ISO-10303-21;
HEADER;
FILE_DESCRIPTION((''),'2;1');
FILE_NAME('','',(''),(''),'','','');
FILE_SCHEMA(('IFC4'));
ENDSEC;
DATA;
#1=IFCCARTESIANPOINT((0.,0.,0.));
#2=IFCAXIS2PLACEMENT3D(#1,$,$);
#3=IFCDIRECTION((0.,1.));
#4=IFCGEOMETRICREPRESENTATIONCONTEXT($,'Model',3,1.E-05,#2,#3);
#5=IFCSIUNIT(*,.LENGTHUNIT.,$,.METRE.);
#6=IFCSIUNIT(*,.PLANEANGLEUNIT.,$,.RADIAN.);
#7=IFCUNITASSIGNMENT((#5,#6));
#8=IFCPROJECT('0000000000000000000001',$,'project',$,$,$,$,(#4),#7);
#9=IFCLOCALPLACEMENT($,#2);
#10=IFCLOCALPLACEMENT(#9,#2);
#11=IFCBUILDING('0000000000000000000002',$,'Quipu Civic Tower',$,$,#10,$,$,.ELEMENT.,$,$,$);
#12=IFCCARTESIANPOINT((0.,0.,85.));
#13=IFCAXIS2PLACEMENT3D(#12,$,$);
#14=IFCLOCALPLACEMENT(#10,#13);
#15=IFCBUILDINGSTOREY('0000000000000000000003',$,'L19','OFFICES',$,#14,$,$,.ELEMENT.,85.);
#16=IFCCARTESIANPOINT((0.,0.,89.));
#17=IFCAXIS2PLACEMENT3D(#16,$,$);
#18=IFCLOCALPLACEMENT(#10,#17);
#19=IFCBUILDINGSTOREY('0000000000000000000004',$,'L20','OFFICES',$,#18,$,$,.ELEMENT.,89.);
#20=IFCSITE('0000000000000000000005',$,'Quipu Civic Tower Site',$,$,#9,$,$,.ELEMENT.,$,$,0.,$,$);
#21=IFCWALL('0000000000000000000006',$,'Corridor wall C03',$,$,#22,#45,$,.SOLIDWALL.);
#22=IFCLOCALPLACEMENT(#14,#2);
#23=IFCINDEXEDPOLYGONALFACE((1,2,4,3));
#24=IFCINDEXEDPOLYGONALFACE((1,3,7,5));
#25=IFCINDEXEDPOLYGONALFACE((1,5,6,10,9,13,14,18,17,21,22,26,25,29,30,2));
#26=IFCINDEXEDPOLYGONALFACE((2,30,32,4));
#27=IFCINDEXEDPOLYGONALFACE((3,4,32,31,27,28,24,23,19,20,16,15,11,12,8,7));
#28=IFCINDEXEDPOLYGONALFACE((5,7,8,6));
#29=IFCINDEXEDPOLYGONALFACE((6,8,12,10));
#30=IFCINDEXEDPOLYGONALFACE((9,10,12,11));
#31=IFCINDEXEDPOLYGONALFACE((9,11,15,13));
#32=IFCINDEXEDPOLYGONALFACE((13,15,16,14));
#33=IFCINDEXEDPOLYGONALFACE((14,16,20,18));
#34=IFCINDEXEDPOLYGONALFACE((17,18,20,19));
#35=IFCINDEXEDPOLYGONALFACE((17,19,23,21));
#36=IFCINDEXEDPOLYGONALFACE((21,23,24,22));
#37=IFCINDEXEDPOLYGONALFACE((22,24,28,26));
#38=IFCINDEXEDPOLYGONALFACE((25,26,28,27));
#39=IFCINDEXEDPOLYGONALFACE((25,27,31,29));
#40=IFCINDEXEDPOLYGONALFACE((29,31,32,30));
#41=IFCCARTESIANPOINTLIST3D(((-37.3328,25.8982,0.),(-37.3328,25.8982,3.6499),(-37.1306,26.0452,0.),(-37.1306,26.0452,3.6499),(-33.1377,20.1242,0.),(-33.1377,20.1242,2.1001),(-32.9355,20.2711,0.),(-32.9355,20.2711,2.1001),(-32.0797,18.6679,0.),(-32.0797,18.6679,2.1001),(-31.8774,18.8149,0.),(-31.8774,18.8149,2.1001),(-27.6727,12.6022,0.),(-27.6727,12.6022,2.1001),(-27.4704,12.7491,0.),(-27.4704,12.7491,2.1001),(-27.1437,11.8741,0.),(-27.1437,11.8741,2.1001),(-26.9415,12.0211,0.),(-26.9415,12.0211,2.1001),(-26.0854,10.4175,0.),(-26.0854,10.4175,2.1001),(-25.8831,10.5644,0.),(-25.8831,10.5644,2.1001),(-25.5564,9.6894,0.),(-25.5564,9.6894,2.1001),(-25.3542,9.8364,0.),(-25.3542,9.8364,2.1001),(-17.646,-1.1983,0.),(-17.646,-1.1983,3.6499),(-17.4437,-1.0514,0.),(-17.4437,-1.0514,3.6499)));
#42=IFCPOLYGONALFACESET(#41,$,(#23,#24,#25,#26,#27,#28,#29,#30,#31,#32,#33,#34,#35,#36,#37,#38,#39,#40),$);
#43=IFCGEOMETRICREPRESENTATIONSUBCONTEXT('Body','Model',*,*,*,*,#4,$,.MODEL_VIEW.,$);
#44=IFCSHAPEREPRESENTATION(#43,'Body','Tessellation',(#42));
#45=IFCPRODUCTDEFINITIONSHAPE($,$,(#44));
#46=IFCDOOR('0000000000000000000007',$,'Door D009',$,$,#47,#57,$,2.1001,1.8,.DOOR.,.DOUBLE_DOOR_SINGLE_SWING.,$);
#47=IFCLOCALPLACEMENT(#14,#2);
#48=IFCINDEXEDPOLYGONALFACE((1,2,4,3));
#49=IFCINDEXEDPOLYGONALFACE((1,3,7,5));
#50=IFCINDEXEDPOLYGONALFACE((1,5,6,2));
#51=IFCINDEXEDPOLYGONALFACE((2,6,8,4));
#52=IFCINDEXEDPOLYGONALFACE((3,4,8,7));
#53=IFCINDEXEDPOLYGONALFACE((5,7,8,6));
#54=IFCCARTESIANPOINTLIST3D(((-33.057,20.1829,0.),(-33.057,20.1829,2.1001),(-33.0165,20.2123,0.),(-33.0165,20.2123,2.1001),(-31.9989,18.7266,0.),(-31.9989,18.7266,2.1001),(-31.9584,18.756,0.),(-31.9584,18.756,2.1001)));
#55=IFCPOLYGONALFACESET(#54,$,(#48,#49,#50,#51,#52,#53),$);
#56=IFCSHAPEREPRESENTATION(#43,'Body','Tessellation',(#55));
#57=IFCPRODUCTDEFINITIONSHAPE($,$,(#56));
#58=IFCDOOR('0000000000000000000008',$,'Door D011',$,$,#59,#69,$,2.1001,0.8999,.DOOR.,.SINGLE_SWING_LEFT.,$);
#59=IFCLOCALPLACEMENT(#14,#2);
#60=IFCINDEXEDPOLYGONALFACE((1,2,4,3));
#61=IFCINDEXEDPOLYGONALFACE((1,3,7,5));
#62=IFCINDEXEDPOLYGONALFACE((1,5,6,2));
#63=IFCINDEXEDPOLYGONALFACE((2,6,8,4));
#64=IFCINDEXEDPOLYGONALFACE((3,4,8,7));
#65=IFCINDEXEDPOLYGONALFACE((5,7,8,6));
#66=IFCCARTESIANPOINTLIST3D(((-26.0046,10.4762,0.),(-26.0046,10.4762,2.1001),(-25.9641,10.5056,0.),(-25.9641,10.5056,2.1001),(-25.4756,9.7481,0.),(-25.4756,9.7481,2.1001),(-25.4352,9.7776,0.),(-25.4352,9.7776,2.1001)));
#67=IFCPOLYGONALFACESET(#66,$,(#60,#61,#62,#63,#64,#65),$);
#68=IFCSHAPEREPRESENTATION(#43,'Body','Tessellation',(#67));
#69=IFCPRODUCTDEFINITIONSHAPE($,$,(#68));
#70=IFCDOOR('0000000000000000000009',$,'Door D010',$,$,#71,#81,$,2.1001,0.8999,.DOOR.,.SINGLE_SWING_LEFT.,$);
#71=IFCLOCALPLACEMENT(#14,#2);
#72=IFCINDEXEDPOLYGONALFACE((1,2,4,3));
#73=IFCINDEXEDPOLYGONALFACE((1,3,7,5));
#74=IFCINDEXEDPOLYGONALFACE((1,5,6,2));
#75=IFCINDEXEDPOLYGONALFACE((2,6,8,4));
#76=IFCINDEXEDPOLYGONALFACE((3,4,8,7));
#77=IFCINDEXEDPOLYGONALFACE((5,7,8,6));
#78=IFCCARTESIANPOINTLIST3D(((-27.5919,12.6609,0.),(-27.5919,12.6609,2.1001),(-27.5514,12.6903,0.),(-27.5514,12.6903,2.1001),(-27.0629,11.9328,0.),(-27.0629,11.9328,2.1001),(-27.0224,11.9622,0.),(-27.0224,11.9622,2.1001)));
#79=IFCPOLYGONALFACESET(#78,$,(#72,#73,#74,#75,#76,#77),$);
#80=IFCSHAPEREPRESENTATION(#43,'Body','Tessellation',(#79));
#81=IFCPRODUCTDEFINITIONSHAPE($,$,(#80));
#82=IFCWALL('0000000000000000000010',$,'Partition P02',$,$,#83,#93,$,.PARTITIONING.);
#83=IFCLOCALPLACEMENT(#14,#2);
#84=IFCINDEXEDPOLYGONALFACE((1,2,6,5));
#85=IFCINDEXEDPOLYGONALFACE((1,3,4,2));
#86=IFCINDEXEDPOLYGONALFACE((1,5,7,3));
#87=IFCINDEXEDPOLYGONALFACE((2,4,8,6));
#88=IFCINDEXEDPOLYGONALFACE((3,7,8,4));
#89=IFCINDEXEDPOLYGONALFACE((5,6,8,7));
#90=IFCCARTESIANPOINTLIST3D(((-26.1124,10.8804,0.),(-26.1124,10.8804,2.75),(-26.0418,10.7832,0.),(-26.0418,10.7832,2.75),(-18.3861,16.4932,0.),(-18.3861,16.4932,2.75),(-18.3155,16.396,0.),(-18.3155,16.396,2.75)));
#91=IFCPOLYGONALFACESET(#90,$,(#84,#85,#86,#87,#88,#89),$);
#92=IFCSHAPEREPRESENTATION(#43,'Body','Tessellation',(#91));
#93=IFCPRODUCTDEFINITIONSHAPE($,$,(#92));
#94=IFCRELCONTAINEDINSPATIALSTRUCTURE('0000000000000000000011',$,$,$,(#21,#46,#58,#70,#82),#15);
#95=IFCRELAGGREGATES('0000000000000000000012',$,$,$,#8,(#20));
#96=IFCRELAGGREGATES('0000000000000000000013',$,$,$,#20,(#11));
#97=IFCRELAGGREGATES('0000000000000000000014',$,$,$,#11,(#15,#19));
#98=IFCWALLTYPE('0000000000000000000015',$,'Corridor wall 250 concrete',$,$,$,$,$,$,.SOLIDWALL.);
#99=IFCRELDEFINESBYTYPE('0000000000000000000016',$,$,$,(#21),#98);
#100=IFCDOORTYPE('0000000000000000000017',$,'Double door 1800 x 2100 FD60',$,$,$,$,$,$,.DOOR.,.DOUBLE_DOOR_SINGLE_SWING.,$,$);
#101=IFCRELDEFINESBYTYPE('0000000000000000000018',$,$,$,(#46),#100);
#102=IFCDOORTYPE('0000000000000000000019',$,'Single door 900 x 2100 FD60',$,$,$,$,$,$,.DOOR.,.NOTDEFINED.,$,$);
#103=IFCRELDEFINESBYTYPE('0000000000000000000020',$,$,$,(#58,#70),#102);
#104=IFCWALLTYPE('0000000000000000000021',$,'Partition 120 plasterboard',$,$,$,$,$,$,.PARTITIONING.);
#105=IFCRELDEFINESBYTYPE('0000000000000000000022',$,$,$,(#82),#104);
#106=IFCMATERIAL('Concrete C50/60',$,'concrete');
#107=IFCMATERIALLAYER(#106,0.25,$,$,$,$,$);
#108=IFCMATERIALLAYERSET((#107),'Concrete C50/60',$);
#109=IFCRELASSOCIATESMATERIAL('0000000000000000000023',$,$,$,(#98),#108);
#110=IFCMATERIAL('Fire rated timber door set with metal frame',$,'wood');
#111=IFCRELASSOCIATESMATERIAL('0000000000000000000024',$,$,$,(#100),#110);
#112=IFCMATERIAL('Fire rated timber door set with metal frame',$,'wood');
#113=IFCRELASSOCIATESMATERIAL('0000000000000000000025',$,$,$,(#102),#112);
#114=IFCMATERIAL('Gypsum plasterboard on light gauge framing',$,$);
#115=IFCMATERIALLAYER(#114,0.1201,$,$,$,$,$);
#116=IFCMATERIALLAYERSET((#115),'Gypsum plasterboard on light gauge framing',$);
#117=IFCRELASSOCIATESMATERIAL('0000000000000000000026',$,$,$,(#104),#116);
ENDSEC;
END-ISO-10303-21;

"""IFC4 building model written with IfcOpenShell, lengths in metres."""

from ifc_helpers import new_model, si_unit, direction, frame, frame_2d, origin, place, context, subcontext, project, spatial, rectangle, extrude, material, layer, layer_set, type_object, element, fill, save


model = new_model("IFC4")

# Units and contexts
model_context = context("Model", 3, precision=1e-05, world=origin(), true_north=direction((0.0, 1.0)))
body_context = subcontext(model_context, "Body", "Model", "MODEL_VIEW")
ifc_project = project(units=[si_unit("LENGTHUNIT", "METRE"), si_unit("PLANEANGLEUNIT", "RADIAN")], contexts=[model_context])

# Site, building, storey
site_placement = place(None, origin())
site = spatial("IfcSite", under=ifc_project, at=site_placement, Name="Quipu Civic Tower Site", CompositionType="ELEMENT", RefElevation=0.0)
building_placement = place(site_placement, origin())
building = spatial("IfcBuilding", under=site, at=building_placement, Name="Quipu Civic Tower", CompositionType="ELEMENT")
storey_1_placement = place(building_placement, frame((0.0, 0.0, 85.0)))
storey_1 = spatial("IfcBuildingStorey", under=building, at=storey_1_placement, Name="L19", Description="OFFICES", CompositionType="ELEMENT", Elevation=85.0)

# Shared definitions
storey_2_placement = place(building_placement, frame((0.0, 0.0, 89.0)))
storey_2 = spatial("IfcBuildingStorey", under=building, at=storey_2_placement, Name="L20", Description="OFFICES", CompositionType="ELEMENT", Elevation=89.0)

# Wall, openings, doors
ifc_material_1 = material(Name="Concrete C50/60", Category="concrete")
ifc_layer_1 = layer(ifc_material_1, 0.25)
ifc_layer_set_1 = layer_set([ifc_layer_1], Name="Concrete C50/60")
wall_type_1 = type_object("IfcWallType", Name="Corridor wall 250 concrete", PredefinedType="SOLIDWALL", material=ifc_layer_set_1)
wall_1_placement = place(storey_1_placement, frame((-37.2317, 25.9717, 0.0), z_axis=(0.0, 0.0, 1.0), x_axis=(0.587786, -0.809016, 0.0)))
wall_1 = element("IfcWall", 1, at=wall_1_placement, inside=storey_1, type_object=wall_type_1, Name="Corridor wall C03", PredefinedType="SOLIDWALL", context=body_context, shape_type="SweptSolid", body=[
    extrude(rectangle(XDim=33.4932, YDim=0.25, at=frame_2d((16.7466, 0.0))), origin(), (0.0, 0.0, 1.0), 3.6499),
])
opening_1_placement = place(wall_1_placement, frame((19.1353, 0.0, 0.0)))
opening_1 = element("IfcOpeningElement", 2, at=opening_1_placement, cuts=wall_1, PredefinedType="OPENING", context=body_context, shape_type="SweptSolid", body=[
    extrude(rectangle(XDim=0.8999, YDim=2.1001, at=frame_2d((0.45, 1.05))), frame((0.0, 0.135, 0.0), z_axis=(0.0, -1.0, 0.0), x_axis=(1.0, 0.0, 0.0)), (0.0, 0.0, 1.0), 0.27),
])
opening_2_placement = place(wall_1_placement, frame((7.1372, 0.0, 0.0)))
opening_2 = element("IfcOpeningElement", 3, at=opening_2_placement, cuts=wall_1, PredefinedType="OPENING", context=body_context, shape_type="SweptSolid", body=[
    extrude(rectangle(XDim=1.8, YDim=2.1001, at=frame_2d((0.8999, 1.05))), frame((0.0, 0.135, 0.0), z_axis=(0.0, -1.0, 0.0), x_axis=(1.0, 0.0, 0.0)), (0.0, 0.0, 1.0), 0.27),
])
opening_3_placement = place(wall_1_placement, frame((16.4348, 0.0, 0.0)))
opening_3 = element("IfcOpeningElement", 4, at=opening_3_placement, cuts=wall_1, PredefinedType="OPENING", context=body_context, shape_type="SweptSolid", body=[
    extrude(rectangle(XDim=0.8999, YDim=2.1001, at=frame_2d((0.45, 1.05))), frame((0.0, 0.135, 0.0), z_axis=(0.0, -1.0, 0.0), x_axis=(1.0, 0.0, 0.0)), (0.0, 0.0, 1.0), 0.27),
])
ifc_material_2 = material(Name="Fire rated timber door set with metal frame", Category="wood")
door_type_1 = type_object("IfcDoorType", Name="Double door 1800 x 2100 FD60", OperationType="DOUBLE_DOOR_SINGLE_SWING", PredefinedType="DOOR", material=ifc_material_2)
door_1_placement = place(opening_2_placement, origin())
door_1 = element("IfcDoor", 5, at=door_1_placement, inside=storey_1, type_object=door_type_1, Name="Door D009", OperationType="DOUBLE_DOOR_SINGLE_SWING", OverallHeight=2.1001, OverallWidth=1.8, PredefinedType="DOOR", context=body_context, shape_type="SweptSolid", body=[
    extrude(rectangle(XDim=1.8, YDim=2.1001, at=frame_2d((0.8999, 1.05))), frame((0.0, 0.0249, 0.0), z_axis=(0.0, -1.0, 0.0), x_axis=(1.0, 0.0, 0.0)), (0.0, 0.0, 1.0), 0.05),
])
fill(opening_2, door_1)
ifc_material_3 = material(Name="Fire rated timber door set with metal frame", Category="wood")
door_type_2 = type_object("IfcDoorType", Name="Single door 900 x 2100 FD60", OperationType="NOTDEFINED", PredefinedType="DOOR", material=ifc_material_3)
door_2_placement = place(opening_1_placement, origin())
door_2 = element("IfcDoor", 6, at=door_2_placement, inside=storey_1, type_object=door_type_2, Name="Door D011", OperationType="SINGLE_SWING_LEFT", OverallHeight=2.1001, OverallWidth=0.8999, PredefinedType="DOOR", context=body_context, shape_type="SweptSolid", body=[
    extrude(rectangle(XDim=0.8999, YDim=2.1001, at=frame_2d((0.45, 1.05))), frame((0.0, 0.0249, 0.0), z_axis=(0.0, -1.0, 0.0), x_axis=(1.0, 0.0, 0.0)), (0.0, 0.0, 1.0), 0.05),
])
fill(opening_1, door_2)
door_3_placement = place(opening_3_placement, origin())
door_3 = element("IfcDoor", 7, at=door_3_placement, inside=storey_1, type_object=door_type_2, Name="Door D010", OperationType="SINGLE_SWING_LEFT", OverallHeight=2.1001, OverallWidth=0.8999, PredefinedType="DOOR", context=body_context, shape_type="SweptSolid", body=[
    extrude(rectangle(XDim=0.8999, YDim=2.1001, at=frame_2d((0.45, 1.05))), frame((0.0, 0.0249, 0.0), z_axis=(0.0, -1.0, 0.0), x_axis=(1.0, 0.0, 0.0)), (0.0, 0.0, 1.0), 0.05),
])
fill(opening_3, door_3)

# Wall
ifc_material_4 = material(Name="Gypsum plasterboard on light gauge framing")
ifc_layer_2 = layer(ifc_material_4, 0.1201)
ifc_layer_set_2 = layer_set([ifc_layer_2], Name="Gypsum plasterboard on light gauge framing")
wall_type_2 = type_object("IfcWallType", Name="Partition 120 plasterboard", PredefinedType="PARTITIONING", material=ifc_layer_set_2)
wall_2_placement = place(storey_1_placement, frame((-18.3508, 16.4446, 0.0), z_axis=(0.0, 0.0, 1.0), x_axis=(-0.809052, -0.587737, 0.0)))
element("IfcWall", 8, at=wall_2_placement, inside=storey_1, type_object=wall_type_2, Name="Partition P02", PredefinedType="PARTITIONING", context=body_context, shape_type="SweptSolid", body=[
    extrude(rectangle(XDim=9.5498, YDim=0.1201, at=frame_2d((4.7749, 0.0))), origin(), (0.0, 0.0, 1.0), 2.75),
])

save(model, "model.ifc")
